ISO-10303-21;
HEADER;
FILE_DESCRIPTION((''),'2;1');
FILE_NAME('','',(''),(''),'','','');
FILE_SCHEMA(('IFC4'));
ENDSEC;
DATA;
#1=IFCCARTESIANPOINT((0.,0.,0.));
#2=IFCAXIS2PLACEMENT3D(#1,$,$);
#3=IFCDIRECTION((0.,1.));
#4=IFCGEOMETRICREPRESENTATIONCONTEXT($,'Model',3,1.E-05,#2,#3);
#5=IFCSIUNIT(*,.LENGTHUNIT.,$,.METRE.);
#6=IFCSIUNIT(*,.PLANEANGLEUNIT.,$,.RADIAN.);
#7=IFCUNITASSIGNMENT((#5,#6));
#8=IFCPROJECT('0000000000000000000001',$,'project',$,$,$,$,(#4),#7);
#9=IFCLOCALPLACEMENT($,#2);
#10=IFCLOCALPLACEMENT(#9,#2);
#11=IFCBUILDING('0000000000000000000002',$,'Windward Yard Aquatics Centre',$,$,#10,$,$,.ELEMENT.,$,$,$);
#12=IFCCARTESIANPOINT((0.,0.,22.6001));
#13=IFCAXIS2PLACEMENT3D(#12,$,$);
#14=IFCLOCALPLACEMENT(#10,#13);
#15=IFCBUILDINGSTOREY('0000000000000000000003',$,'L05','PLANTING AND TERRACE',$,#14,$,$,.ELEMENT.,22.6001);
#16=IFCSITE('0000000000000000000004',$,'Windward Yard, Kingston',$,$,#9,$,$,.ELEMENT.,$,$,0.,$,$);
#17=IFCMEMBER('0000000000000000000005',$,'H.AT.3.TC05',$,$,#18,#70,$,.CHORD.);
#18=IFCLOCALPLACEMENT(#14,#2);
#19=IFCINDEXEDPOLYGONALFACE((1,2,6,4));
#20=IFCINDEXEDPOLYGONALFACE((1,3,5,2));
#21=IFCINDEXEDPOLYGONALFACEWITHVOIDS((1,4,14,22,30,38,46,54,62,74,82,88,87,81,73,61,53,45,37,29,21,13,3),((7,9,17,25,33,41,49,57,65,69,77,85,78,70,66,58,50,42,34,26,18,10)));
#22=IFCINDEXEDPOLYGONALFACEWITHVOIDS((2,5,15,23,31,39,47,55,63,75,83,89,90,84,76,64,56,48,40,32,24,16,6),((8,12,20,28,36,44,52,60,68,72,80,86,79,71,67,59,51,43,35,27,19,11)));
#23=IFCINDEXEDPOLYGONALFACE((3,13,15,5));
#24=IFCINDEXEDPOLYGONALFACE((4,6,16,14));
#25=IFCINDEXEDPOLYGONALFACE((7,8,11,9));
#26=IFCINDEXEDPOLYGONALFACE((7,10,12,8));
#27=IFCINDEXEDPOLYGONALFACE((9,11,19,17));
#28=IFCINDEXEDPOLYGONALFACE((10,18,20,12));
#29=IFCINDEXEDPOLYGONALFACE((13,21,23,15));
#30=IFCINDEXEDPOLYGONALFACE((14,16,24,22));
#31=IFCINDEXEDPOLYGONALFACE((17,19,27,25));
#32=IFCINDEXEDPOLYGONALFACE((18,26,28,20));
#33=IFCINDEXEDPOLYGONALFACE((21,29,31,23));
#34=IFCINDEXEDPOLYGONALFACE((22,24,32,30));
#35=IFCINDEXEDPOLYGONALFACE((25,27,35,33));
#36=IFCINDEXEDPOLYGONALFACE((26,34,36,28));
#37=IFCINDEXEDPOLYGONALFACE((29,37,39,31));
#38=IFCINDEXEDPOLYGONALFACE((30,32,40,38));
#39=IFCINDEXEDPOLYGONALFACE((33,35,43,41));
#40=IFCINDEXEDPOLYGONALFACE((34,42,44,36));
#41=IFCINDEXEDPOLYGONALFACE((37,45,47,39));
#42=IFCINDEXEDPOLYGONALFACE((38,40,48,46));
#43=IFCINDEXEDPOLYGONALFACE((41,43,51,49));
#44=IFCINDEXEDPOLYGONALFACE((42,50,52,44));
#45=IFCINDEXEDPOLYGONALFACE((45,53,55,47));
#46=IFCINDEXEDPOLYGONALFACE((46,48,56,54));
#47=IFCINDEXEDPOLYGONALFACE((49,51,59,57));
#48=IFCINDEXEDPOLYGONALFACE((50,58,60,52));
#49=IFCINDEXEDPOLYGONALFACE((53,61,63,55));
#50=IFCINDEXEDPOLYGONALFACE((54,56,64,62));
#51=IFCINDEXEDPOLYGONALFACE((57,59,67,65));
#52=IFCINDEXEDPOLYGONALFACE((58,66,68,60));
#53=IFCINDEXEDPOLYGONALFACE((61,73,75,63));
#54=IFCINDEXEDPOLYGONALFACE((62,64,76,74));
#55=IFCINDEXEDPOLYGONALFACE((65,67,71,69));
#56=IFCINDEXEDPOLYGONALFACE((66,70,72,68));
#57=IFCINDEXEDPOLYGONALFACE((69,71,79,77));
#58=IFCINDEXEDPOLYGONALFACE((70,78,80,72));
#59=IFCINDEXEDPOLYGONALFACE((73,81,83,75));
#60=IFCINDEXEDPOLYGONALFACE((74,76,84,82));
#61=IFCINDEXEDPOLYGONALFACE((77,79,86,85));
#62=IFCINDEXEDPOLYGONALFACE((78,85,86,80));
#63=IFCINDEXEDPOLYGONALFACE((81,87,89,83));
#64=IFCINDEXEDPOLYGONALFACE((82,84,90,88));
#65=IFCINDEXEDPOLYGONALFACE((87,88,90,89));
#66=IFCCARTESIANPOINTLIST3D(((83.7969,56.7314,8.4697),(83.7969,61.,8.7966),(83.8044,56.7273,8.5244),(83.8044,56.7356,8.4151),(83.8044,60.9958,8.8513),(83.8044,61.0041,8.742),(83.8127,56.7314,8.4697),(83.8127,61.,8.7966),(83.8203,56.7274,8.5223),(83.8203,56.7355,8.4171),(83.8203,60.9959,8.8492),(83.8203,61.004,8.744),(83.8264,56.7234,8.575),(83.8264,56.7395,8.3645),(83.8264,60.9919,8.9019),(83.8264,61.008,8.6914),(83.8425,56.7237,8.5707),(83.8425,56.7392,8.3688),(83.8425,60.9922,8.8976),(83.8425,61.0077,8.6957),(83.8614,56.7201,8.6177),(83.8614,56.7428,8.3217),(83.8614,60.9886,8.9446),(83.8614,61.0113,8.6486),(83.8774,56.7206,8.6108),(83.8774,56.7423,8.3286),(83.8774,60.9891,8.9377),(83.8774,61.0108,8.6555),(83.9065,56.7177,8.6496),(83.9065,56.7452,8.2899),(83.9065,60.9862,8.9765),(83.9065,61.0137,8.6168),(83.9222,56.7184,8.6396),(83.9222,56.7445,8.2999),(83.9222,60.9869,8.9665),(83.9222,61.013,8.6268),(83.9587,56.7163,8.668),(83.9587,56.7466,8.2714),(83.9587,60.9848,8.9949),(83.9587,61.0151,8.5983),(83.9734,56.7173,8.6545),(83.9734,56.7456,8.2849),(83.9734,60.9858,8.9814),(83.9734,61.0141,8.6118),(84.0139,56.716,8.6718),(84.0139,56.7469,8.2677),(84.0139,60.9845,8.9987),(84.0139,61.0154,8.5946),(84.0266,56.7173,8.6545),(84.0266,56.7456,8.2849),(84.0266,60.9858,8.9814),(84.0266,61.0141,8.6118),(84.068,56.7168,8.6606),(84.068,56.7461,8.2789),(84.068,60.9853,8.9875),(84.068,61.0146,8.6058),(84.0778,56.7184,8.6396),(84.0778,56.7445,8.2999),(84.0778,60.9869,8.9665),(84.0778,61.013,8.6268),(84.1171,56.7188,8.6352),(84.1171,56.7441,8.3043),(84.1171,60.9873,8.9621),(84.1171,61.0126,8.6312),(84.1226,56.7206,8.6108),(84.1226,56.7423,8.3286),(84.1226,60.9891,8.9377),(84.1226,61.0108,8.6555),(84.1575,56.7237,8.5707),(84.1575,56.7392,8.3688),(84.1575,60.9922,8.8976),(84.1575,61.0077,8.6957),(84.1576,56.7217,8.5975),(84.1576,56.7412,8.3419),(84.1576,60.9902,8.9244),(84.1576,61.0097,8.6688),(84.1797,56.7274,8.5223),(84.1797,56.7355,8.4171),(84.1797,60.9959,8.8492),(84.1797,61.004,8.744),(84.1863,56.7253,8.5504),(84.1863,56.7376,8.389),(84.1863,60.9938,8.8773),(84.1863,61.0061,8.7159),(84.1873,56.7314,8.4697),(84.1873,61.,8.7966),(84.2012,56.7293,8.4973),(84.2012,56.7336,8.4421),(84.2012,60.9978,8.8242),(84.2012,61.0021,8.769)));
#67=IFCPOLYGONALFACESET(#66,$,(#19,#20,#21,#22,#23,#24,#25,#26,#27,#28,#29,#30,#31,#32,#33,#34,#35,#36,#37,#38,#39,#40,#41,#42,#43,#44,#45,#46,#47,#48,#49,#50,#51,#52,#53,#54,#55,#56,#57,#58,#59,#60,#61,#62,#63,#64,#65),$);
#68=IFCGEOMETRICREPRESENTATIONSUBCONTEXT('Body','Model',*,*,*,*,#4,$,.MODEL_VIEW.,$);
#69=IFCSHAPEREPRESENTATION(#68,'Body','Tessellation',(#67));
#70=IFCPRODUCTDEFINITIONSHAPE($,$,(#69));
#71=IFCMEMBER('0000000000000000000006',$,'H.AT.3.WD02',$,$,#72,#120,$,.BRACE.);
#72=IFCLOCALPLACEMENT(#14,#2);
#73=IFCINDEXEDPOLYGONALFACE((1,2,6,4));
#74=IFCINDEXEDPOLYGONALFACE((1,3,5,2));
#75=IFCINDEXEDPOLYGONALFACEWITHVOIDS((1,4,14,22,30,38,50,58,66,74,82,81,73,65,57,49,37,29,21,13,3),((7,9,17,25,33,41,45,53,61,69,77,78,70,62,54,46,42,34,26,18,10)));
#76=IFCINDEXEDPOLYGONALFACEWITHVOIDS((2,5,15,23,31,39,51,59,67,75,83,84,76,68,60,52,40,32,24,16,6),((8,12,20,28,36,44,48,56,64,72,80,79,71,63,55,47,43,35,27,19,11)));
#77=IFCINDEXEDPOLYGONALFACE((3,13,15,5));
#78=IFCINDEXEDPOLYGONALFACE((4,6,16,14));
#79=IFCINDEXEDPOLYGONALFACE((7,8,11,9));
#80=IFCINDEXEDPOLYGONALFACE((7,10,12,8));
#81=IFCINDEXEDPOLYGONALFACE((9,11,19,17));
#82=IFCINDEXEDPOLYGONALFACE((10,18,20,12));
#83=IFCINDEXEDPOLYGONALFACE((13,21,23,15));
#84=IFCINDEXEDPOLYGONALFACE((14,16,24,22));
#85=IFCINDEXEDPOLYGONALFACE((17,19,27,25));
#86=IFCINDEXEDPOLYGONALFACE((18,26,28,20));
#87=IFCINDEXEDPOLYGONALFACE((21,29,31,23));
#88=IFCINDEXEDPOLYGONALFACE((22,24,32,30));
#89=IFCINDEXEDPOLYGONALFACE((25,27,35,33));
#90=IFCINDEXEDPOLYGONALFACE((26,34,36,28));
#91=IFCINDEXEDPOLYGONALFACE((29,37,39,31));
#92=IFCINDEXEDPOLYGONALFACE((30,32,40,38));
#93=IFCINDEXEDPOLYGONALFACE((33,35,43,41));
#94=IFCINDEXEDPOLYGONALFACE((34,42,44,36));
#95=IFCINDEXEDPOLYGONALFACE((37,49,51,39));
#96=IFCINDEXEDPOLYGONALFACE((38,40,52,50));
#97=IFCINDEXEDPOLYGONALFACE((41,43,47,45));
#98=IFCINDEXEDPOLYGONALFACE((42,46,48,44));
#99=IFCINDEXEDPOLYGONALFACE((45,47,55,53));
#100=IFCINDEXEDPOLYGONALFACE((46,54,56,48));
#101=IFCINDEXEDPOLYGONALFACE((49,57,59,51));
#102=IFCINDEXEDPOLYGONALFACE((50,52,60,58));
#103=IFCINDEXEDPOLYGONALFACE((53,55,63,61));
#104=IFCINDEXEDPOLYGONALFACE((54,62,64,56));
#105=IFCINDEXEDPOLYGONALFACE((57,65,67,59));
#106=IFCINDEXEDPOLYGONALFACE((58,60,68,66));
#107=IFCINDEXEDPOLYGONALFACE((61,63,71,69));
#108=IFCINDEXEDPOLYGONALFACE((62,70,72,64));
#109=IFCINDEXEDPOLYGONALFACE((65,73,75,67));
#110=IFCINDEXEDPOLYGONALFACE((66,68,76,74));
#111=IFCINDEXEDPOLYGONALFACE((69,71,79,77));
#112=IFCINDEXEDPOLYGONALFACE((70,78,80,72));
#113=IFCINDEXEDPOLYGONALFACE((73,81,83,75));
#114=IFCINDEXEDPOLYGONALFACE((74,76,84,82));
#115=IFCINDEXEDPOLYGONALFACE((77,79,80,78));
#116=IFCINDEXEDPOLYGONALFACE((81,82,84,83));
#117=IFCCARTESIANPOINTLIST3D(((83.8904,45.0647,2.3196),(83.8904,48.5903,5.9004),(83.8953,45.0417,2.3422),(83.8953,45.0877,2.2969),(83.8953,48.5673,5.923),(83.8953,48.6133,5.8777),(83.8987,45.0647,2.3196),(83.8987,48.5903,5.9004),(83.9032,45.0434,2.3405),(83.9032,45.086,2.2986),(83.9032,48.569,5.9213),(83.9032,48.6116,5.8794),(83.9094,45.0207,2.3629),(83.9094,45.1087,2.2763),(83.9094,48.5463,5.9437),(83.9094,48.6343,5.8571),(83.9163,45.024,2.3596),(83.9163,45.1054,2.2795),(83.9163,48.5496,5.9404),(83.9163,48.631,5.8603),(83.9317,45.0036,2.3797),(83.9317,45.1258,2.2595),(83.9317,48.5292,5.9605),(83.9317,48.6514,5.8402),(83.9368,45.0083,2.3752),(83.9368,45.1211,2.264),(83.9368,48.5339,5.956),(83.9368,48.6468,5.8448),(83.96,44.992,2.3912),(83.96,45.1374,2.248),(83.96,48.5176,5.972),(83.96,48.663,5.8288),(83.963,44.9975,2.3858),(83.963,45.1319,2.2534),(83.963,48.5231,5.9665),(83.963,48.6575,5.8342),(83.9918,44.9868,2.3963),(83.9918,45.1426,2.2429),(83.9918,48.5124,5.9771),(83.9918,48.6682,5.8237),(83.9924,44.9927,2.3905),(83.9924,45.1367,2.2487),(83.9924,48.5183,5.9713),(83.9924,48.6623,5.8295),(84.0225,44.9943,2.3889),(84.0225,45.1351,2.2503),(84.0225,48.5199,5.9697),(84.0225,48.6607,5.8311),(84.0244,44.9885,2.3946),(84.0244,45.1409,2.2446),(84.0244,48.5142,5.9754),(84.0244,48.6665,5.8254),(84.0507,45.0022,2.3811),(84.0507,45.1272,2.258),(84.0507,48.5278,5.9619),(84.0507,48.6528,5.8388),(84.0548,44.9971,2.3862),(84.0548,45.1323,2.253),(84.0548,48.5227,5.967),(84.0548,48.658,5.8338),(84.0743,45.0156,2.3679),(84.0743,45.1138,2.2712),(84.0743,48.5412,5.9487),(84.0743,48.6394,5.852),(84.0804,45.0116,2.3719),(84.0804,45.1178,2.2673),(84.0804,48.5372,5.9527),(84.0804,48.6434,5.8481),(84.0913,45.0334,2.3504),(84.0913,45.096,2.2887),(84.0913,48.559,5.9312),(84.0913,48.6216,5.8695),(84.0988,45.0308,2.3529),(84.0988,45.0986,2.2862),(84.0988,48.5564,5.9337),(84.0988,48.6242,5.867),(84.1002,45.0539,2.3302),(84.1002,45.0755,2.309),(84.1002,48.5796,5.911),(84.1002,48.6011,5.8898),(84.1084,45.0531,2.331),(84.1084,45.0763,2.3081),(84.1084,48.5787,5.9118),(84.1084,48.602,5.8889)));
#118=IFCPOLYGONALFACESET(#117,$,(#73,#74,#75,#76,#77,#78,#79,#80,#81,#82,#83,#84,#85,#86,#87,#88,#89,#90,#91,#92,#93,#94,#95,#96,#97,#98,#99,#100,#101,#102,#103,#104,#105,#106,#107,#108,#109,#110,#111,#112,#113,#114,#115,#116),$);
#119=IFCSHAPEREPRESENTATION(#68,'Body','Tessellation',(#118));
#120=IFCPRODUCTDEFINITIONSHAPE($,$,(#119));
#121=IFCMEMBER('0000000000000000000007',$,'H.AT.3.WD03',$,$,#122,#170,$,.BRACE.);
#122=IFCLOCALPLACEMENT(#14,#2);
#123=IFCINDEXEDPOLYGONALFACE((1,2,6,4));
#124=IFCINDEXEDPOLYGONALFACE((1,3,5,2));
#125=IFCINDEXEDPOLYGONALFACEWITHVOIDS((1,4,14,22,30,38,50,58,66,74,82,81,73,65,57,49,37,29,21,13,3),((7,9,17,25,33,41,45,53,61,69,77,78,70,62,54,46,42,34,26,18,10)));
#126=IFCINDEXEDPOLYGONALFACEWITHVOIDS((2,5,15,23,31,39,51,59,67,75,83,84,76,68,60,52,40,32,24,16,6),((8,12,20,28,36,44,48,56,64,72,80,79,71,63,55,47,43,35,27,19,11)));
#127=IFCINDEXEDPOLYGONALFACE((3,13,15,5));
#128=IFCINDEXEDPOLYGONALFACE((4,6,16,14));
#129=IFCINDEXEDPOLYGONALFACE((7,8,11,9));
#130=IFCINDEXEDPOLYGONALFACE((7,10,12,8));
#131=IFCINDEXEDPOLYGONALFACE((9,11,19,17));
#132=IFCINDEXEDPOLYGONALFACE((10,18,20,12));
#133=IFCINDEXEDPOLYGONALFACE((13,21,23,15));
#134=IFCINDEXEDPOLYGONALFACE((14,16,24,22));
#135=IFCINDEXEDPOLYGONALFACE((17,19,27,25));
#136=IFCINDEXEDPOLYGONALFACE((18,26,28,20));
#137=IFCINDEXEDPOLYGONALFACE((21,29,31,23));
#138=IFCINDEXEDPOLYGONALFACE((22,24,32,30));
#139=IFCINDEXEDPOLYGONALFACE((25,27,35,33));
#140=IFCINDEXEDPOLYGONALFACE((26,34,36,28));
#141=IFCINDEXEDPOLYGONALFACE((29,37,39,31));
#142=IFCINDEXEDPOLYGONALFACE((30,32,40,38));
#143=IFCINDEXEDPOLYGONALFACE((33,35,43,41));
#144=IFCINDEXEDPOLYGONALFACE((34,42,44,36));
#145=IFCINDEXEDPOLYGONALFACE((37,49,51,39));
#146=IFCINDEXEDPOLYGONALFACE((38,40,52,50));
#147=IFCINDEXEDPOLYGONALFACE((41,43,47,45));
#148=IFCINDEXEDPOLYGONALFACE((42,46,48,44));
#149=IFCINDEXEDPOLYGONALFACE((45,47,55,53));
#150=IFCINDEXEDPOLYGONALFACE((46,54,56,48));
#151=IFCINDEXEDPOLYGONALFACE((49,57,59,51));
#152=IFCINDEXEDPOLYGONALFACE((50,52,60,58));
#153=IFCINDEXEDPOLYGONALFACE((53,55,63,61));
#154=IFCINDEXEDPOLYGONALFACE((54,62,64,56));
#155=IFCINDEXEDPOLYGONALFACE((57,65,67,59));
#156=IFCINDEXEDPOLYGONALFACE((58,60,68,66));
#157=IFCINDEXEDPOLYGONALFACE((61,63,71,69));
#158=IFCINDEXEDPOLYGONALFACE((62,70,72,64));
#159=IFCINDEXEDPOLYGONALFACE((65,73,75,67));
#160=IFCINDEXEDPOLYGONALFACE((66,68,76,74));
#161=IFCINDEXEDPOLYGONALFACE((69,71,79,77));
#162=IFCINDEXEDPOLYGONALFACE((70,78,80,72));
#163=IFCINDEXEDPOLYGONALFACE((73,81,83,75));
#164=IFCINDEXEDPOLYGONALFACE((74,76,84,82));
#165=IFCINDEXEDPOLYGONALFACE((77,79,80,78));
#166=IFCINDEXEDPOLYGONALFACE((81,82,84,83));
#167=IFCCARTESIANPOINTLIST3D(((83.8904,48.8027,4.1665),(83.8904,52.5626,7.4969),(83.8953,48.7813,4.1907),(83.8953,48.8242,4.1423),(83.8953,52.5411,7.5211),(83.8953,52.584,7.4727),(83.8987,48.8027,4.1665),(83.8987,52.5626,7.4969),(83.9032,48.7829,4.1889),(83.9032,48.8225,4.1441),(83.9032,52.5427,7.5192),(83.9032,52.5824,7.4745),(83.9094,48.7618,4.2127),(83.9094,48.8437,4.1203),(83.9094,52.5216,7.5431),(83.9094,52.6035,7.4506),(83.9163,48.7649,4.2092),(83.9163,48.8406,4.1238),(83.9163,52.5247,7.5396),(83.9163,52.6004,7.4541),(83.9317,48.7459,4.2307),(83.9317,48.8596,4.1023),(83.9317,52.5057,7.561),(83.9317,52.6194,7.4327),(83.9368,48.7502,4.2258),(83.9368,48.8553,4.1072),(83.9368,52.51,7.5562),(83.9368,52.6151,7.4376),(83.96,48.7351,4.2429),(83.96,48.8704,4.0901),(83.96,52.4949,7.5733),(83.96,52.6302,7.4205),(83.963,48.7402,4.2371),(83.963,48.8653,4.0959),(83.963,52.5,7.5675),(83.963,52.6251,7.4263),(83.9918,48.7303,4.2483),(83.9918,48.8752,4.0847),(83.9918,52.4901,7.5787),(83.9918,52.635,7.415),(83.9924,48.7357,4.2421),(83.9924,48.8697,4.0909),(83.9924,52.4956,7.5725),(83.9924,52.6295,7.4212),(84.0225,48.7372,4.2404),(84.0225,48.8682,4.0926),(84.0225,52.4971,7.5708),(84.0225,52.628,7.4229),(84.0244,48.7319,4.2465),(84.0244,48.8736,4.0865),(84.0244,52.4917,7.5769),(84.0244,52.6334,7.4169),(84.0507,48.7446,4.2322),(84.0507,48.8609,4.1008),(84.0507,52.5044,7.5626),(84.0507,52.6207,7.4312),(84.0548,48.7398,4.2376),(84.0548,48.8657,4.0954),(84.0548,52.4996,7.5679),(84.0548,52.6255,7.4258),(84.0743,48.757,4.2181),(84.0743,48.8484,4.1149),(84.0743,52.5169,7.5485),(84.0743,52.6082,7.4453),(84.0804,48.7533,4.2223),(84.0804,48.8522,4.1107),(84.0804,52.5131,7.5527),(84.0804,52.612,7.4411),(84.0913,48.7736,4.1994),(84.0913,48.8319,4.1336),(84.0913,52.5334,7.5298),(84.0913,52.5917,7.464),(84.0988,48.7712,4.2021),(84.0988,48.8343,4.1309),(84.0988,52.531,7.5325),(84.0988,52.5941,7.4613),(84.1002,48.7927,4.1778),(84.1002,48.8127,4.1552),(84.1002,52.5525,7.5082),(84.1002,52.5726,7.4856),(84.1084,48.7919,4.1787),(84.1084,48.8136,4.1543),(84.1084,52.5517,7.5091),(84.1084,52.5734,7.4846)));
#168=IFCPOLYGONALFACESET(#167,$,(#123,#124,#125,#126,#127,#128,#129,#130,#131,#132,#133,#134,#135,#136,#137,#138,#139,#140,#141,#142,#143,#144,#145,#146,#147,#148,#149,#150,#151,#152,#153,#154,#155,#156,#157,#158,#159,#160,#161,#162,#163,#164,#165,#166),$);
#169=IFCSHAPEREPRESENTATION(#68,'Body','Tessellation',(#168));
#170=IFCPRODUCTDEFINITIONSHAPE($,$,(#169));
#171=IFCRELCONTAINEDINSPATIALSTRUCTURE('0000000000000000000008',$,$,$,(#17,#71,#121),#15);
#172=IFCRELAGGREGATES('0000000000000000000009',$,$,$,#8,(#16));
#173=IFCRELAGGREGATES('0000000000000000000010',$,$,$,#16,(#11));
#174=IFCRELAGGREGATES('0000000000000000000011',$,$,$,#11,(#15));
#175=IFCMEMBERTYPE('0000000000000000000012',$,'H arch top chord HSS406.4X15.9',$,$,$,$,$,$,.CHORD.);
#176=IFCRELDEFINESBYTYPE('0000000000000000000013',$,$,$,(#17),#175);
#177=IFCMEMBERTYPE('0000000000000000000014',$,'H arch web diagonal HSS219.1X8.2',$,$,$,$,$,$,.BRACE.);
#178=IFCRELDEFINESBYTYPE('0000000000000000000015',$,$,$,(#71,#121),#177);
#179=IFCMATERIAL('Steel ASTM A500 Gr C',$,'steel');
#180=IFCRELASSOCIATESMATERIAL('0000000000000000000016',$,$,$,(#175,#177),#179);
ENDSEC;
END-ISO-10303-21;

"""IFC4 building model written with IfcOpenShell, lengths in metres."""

from ifc_helpers import new_model, si_unit, direction, frame, origin, origin_2d, place, context, subcontext, project, spatial, hollow_circle, extrude, material, material_profile, profile_set, type_object, element, save


model = new_model("IFC4")

# Units and contexts
model_context = context("Model", 3, precision=1e-05, world=origin(), true_north=direction((0.0, 1.0)))
body_context = subcontext(model_context, "Body", "Model", "MODEL_VIEW")
ifc_project = project(units=[si_unit("LENGTHUNIT", "METRE"), si_unit("PLANEANGLEUNIT", "RADIAN")], contexts=[model_context])

# Site, building, storey
site_placement = place(None, origin())
site = spatial("IfcSite", under=ifc_project, at=site_placement, Name="Windward Yard, Kingston", CompositionType="ELEMENT", RefElevation=0.0)
building_placement = place(site_placement, origin())
building = spatial("IfcBuilding", under=site, at=building_placement, Name="Windward Yard Aquatics Centre", CompositionType="ELEMENT")
storey_placement = place(building_placement, frame((0.0, 0.0, 22.6001)))
storey = spatial("IfcBuildingStorey", under=building, at=storey_placement, Name="L05", Description="PLANTING AND TERRACE", CompositionType="ELEMENT", Elevation=22.6001)

# Members
ifc_material_1 = material(Name="Steel ASTM A500 Gr C", Category="steel")
ifc_material_profile_1 = material_profile(ifc_material_1, hollow_circle(Radius=0.2031, WallThickness=0.0159, at=origin_2d()), Name="HSS406.4X15.9")
ifc_profile_set_1 = profile_set([ifc_material_profile_1], Name="Steel ASTM A500 Gr C")
member_type_1 = type_object("IfcMemberType", Name="H arch top chord HSS406.4X15.9", PredefinedType="CHORD", material=ifc_profile_set_1)
member_1_placement = place(storey_placement, frame((84.0, 56.7314, 8.4697), z_axis=(0.0, 0.99708, 0.076361), x_axis=(-1.0, 0.0, 0.0)))
element("IfcMember", 1, at=member_1_placement, inside=storey, type_object=member_type_1, Name="H.AT.3.TC05", PredefinedType="CHORD", context=body_context, shape_type="SweptSolid", body=[
    extrude(hollow_circle(Radius=0.2031, WallThickness=0.0159, at=origin_2d()), origin(), (0.0, 0.0, 1.0), 4.281),
])
ifc_material_profile_2 = material_profile(ifc_material_1, hollow_circle(Radius=0.1096, WallThickness=0.0083, at=origin_2d()), Name="HSS219.1X8.2")
ifc_profile_set_2 = profile_set([ifc_material_profile_2], Name="Steel ASTM A500 Gr C")
member_type_2 = type_object("IfcMemberType", Name="H arch web diagonal HSS219.1X8.2", PredefinedType="BRACE", material=ifc_profile_set_2)
member_2_placement = place(storey_placement, frame((84.0, 45.0647, 2.3196), z_axis=(0.0, 0.701596, 0.712575), x_axis=(-1.0, 0.0, 0.0)))
element("IfcMember", 2, at=member_2_placement, inside=storey, type_object=member_type_2, Name="H.AT.3.WD02", PredefinedType="BRACE", context=body_context, shape_type="SweptSolid", body=[
    extrude(hollow_circle(Radius=0.1096, WallThickness=0.0083, at=origin_2d()), origin(), (0.0, 0.0, 1.0), 5.0251),
])
member_3_placement = place(storey_placement, frame((84.0, 48.8027, 4.1665), z_axis=(0.0, 0.748564, 0.663062), x_axis=(-1.0, 0.0, 0.0)))
element("IfcMember", 3, at=member_3_placement, inside=storey, type_object=member_type_2, Name="H.AT.3.WD03", PredefinedType="BRACE", context=body_context, shape_type="SweptSolid", body=[
    extrude(hollow_circle(Radius=0.1096, WallThickness=0.0083, at=origin_2d()), origin(), (0.0, 0.0, 1.0), 5.0227),
])

save(model, "model.ifc")
